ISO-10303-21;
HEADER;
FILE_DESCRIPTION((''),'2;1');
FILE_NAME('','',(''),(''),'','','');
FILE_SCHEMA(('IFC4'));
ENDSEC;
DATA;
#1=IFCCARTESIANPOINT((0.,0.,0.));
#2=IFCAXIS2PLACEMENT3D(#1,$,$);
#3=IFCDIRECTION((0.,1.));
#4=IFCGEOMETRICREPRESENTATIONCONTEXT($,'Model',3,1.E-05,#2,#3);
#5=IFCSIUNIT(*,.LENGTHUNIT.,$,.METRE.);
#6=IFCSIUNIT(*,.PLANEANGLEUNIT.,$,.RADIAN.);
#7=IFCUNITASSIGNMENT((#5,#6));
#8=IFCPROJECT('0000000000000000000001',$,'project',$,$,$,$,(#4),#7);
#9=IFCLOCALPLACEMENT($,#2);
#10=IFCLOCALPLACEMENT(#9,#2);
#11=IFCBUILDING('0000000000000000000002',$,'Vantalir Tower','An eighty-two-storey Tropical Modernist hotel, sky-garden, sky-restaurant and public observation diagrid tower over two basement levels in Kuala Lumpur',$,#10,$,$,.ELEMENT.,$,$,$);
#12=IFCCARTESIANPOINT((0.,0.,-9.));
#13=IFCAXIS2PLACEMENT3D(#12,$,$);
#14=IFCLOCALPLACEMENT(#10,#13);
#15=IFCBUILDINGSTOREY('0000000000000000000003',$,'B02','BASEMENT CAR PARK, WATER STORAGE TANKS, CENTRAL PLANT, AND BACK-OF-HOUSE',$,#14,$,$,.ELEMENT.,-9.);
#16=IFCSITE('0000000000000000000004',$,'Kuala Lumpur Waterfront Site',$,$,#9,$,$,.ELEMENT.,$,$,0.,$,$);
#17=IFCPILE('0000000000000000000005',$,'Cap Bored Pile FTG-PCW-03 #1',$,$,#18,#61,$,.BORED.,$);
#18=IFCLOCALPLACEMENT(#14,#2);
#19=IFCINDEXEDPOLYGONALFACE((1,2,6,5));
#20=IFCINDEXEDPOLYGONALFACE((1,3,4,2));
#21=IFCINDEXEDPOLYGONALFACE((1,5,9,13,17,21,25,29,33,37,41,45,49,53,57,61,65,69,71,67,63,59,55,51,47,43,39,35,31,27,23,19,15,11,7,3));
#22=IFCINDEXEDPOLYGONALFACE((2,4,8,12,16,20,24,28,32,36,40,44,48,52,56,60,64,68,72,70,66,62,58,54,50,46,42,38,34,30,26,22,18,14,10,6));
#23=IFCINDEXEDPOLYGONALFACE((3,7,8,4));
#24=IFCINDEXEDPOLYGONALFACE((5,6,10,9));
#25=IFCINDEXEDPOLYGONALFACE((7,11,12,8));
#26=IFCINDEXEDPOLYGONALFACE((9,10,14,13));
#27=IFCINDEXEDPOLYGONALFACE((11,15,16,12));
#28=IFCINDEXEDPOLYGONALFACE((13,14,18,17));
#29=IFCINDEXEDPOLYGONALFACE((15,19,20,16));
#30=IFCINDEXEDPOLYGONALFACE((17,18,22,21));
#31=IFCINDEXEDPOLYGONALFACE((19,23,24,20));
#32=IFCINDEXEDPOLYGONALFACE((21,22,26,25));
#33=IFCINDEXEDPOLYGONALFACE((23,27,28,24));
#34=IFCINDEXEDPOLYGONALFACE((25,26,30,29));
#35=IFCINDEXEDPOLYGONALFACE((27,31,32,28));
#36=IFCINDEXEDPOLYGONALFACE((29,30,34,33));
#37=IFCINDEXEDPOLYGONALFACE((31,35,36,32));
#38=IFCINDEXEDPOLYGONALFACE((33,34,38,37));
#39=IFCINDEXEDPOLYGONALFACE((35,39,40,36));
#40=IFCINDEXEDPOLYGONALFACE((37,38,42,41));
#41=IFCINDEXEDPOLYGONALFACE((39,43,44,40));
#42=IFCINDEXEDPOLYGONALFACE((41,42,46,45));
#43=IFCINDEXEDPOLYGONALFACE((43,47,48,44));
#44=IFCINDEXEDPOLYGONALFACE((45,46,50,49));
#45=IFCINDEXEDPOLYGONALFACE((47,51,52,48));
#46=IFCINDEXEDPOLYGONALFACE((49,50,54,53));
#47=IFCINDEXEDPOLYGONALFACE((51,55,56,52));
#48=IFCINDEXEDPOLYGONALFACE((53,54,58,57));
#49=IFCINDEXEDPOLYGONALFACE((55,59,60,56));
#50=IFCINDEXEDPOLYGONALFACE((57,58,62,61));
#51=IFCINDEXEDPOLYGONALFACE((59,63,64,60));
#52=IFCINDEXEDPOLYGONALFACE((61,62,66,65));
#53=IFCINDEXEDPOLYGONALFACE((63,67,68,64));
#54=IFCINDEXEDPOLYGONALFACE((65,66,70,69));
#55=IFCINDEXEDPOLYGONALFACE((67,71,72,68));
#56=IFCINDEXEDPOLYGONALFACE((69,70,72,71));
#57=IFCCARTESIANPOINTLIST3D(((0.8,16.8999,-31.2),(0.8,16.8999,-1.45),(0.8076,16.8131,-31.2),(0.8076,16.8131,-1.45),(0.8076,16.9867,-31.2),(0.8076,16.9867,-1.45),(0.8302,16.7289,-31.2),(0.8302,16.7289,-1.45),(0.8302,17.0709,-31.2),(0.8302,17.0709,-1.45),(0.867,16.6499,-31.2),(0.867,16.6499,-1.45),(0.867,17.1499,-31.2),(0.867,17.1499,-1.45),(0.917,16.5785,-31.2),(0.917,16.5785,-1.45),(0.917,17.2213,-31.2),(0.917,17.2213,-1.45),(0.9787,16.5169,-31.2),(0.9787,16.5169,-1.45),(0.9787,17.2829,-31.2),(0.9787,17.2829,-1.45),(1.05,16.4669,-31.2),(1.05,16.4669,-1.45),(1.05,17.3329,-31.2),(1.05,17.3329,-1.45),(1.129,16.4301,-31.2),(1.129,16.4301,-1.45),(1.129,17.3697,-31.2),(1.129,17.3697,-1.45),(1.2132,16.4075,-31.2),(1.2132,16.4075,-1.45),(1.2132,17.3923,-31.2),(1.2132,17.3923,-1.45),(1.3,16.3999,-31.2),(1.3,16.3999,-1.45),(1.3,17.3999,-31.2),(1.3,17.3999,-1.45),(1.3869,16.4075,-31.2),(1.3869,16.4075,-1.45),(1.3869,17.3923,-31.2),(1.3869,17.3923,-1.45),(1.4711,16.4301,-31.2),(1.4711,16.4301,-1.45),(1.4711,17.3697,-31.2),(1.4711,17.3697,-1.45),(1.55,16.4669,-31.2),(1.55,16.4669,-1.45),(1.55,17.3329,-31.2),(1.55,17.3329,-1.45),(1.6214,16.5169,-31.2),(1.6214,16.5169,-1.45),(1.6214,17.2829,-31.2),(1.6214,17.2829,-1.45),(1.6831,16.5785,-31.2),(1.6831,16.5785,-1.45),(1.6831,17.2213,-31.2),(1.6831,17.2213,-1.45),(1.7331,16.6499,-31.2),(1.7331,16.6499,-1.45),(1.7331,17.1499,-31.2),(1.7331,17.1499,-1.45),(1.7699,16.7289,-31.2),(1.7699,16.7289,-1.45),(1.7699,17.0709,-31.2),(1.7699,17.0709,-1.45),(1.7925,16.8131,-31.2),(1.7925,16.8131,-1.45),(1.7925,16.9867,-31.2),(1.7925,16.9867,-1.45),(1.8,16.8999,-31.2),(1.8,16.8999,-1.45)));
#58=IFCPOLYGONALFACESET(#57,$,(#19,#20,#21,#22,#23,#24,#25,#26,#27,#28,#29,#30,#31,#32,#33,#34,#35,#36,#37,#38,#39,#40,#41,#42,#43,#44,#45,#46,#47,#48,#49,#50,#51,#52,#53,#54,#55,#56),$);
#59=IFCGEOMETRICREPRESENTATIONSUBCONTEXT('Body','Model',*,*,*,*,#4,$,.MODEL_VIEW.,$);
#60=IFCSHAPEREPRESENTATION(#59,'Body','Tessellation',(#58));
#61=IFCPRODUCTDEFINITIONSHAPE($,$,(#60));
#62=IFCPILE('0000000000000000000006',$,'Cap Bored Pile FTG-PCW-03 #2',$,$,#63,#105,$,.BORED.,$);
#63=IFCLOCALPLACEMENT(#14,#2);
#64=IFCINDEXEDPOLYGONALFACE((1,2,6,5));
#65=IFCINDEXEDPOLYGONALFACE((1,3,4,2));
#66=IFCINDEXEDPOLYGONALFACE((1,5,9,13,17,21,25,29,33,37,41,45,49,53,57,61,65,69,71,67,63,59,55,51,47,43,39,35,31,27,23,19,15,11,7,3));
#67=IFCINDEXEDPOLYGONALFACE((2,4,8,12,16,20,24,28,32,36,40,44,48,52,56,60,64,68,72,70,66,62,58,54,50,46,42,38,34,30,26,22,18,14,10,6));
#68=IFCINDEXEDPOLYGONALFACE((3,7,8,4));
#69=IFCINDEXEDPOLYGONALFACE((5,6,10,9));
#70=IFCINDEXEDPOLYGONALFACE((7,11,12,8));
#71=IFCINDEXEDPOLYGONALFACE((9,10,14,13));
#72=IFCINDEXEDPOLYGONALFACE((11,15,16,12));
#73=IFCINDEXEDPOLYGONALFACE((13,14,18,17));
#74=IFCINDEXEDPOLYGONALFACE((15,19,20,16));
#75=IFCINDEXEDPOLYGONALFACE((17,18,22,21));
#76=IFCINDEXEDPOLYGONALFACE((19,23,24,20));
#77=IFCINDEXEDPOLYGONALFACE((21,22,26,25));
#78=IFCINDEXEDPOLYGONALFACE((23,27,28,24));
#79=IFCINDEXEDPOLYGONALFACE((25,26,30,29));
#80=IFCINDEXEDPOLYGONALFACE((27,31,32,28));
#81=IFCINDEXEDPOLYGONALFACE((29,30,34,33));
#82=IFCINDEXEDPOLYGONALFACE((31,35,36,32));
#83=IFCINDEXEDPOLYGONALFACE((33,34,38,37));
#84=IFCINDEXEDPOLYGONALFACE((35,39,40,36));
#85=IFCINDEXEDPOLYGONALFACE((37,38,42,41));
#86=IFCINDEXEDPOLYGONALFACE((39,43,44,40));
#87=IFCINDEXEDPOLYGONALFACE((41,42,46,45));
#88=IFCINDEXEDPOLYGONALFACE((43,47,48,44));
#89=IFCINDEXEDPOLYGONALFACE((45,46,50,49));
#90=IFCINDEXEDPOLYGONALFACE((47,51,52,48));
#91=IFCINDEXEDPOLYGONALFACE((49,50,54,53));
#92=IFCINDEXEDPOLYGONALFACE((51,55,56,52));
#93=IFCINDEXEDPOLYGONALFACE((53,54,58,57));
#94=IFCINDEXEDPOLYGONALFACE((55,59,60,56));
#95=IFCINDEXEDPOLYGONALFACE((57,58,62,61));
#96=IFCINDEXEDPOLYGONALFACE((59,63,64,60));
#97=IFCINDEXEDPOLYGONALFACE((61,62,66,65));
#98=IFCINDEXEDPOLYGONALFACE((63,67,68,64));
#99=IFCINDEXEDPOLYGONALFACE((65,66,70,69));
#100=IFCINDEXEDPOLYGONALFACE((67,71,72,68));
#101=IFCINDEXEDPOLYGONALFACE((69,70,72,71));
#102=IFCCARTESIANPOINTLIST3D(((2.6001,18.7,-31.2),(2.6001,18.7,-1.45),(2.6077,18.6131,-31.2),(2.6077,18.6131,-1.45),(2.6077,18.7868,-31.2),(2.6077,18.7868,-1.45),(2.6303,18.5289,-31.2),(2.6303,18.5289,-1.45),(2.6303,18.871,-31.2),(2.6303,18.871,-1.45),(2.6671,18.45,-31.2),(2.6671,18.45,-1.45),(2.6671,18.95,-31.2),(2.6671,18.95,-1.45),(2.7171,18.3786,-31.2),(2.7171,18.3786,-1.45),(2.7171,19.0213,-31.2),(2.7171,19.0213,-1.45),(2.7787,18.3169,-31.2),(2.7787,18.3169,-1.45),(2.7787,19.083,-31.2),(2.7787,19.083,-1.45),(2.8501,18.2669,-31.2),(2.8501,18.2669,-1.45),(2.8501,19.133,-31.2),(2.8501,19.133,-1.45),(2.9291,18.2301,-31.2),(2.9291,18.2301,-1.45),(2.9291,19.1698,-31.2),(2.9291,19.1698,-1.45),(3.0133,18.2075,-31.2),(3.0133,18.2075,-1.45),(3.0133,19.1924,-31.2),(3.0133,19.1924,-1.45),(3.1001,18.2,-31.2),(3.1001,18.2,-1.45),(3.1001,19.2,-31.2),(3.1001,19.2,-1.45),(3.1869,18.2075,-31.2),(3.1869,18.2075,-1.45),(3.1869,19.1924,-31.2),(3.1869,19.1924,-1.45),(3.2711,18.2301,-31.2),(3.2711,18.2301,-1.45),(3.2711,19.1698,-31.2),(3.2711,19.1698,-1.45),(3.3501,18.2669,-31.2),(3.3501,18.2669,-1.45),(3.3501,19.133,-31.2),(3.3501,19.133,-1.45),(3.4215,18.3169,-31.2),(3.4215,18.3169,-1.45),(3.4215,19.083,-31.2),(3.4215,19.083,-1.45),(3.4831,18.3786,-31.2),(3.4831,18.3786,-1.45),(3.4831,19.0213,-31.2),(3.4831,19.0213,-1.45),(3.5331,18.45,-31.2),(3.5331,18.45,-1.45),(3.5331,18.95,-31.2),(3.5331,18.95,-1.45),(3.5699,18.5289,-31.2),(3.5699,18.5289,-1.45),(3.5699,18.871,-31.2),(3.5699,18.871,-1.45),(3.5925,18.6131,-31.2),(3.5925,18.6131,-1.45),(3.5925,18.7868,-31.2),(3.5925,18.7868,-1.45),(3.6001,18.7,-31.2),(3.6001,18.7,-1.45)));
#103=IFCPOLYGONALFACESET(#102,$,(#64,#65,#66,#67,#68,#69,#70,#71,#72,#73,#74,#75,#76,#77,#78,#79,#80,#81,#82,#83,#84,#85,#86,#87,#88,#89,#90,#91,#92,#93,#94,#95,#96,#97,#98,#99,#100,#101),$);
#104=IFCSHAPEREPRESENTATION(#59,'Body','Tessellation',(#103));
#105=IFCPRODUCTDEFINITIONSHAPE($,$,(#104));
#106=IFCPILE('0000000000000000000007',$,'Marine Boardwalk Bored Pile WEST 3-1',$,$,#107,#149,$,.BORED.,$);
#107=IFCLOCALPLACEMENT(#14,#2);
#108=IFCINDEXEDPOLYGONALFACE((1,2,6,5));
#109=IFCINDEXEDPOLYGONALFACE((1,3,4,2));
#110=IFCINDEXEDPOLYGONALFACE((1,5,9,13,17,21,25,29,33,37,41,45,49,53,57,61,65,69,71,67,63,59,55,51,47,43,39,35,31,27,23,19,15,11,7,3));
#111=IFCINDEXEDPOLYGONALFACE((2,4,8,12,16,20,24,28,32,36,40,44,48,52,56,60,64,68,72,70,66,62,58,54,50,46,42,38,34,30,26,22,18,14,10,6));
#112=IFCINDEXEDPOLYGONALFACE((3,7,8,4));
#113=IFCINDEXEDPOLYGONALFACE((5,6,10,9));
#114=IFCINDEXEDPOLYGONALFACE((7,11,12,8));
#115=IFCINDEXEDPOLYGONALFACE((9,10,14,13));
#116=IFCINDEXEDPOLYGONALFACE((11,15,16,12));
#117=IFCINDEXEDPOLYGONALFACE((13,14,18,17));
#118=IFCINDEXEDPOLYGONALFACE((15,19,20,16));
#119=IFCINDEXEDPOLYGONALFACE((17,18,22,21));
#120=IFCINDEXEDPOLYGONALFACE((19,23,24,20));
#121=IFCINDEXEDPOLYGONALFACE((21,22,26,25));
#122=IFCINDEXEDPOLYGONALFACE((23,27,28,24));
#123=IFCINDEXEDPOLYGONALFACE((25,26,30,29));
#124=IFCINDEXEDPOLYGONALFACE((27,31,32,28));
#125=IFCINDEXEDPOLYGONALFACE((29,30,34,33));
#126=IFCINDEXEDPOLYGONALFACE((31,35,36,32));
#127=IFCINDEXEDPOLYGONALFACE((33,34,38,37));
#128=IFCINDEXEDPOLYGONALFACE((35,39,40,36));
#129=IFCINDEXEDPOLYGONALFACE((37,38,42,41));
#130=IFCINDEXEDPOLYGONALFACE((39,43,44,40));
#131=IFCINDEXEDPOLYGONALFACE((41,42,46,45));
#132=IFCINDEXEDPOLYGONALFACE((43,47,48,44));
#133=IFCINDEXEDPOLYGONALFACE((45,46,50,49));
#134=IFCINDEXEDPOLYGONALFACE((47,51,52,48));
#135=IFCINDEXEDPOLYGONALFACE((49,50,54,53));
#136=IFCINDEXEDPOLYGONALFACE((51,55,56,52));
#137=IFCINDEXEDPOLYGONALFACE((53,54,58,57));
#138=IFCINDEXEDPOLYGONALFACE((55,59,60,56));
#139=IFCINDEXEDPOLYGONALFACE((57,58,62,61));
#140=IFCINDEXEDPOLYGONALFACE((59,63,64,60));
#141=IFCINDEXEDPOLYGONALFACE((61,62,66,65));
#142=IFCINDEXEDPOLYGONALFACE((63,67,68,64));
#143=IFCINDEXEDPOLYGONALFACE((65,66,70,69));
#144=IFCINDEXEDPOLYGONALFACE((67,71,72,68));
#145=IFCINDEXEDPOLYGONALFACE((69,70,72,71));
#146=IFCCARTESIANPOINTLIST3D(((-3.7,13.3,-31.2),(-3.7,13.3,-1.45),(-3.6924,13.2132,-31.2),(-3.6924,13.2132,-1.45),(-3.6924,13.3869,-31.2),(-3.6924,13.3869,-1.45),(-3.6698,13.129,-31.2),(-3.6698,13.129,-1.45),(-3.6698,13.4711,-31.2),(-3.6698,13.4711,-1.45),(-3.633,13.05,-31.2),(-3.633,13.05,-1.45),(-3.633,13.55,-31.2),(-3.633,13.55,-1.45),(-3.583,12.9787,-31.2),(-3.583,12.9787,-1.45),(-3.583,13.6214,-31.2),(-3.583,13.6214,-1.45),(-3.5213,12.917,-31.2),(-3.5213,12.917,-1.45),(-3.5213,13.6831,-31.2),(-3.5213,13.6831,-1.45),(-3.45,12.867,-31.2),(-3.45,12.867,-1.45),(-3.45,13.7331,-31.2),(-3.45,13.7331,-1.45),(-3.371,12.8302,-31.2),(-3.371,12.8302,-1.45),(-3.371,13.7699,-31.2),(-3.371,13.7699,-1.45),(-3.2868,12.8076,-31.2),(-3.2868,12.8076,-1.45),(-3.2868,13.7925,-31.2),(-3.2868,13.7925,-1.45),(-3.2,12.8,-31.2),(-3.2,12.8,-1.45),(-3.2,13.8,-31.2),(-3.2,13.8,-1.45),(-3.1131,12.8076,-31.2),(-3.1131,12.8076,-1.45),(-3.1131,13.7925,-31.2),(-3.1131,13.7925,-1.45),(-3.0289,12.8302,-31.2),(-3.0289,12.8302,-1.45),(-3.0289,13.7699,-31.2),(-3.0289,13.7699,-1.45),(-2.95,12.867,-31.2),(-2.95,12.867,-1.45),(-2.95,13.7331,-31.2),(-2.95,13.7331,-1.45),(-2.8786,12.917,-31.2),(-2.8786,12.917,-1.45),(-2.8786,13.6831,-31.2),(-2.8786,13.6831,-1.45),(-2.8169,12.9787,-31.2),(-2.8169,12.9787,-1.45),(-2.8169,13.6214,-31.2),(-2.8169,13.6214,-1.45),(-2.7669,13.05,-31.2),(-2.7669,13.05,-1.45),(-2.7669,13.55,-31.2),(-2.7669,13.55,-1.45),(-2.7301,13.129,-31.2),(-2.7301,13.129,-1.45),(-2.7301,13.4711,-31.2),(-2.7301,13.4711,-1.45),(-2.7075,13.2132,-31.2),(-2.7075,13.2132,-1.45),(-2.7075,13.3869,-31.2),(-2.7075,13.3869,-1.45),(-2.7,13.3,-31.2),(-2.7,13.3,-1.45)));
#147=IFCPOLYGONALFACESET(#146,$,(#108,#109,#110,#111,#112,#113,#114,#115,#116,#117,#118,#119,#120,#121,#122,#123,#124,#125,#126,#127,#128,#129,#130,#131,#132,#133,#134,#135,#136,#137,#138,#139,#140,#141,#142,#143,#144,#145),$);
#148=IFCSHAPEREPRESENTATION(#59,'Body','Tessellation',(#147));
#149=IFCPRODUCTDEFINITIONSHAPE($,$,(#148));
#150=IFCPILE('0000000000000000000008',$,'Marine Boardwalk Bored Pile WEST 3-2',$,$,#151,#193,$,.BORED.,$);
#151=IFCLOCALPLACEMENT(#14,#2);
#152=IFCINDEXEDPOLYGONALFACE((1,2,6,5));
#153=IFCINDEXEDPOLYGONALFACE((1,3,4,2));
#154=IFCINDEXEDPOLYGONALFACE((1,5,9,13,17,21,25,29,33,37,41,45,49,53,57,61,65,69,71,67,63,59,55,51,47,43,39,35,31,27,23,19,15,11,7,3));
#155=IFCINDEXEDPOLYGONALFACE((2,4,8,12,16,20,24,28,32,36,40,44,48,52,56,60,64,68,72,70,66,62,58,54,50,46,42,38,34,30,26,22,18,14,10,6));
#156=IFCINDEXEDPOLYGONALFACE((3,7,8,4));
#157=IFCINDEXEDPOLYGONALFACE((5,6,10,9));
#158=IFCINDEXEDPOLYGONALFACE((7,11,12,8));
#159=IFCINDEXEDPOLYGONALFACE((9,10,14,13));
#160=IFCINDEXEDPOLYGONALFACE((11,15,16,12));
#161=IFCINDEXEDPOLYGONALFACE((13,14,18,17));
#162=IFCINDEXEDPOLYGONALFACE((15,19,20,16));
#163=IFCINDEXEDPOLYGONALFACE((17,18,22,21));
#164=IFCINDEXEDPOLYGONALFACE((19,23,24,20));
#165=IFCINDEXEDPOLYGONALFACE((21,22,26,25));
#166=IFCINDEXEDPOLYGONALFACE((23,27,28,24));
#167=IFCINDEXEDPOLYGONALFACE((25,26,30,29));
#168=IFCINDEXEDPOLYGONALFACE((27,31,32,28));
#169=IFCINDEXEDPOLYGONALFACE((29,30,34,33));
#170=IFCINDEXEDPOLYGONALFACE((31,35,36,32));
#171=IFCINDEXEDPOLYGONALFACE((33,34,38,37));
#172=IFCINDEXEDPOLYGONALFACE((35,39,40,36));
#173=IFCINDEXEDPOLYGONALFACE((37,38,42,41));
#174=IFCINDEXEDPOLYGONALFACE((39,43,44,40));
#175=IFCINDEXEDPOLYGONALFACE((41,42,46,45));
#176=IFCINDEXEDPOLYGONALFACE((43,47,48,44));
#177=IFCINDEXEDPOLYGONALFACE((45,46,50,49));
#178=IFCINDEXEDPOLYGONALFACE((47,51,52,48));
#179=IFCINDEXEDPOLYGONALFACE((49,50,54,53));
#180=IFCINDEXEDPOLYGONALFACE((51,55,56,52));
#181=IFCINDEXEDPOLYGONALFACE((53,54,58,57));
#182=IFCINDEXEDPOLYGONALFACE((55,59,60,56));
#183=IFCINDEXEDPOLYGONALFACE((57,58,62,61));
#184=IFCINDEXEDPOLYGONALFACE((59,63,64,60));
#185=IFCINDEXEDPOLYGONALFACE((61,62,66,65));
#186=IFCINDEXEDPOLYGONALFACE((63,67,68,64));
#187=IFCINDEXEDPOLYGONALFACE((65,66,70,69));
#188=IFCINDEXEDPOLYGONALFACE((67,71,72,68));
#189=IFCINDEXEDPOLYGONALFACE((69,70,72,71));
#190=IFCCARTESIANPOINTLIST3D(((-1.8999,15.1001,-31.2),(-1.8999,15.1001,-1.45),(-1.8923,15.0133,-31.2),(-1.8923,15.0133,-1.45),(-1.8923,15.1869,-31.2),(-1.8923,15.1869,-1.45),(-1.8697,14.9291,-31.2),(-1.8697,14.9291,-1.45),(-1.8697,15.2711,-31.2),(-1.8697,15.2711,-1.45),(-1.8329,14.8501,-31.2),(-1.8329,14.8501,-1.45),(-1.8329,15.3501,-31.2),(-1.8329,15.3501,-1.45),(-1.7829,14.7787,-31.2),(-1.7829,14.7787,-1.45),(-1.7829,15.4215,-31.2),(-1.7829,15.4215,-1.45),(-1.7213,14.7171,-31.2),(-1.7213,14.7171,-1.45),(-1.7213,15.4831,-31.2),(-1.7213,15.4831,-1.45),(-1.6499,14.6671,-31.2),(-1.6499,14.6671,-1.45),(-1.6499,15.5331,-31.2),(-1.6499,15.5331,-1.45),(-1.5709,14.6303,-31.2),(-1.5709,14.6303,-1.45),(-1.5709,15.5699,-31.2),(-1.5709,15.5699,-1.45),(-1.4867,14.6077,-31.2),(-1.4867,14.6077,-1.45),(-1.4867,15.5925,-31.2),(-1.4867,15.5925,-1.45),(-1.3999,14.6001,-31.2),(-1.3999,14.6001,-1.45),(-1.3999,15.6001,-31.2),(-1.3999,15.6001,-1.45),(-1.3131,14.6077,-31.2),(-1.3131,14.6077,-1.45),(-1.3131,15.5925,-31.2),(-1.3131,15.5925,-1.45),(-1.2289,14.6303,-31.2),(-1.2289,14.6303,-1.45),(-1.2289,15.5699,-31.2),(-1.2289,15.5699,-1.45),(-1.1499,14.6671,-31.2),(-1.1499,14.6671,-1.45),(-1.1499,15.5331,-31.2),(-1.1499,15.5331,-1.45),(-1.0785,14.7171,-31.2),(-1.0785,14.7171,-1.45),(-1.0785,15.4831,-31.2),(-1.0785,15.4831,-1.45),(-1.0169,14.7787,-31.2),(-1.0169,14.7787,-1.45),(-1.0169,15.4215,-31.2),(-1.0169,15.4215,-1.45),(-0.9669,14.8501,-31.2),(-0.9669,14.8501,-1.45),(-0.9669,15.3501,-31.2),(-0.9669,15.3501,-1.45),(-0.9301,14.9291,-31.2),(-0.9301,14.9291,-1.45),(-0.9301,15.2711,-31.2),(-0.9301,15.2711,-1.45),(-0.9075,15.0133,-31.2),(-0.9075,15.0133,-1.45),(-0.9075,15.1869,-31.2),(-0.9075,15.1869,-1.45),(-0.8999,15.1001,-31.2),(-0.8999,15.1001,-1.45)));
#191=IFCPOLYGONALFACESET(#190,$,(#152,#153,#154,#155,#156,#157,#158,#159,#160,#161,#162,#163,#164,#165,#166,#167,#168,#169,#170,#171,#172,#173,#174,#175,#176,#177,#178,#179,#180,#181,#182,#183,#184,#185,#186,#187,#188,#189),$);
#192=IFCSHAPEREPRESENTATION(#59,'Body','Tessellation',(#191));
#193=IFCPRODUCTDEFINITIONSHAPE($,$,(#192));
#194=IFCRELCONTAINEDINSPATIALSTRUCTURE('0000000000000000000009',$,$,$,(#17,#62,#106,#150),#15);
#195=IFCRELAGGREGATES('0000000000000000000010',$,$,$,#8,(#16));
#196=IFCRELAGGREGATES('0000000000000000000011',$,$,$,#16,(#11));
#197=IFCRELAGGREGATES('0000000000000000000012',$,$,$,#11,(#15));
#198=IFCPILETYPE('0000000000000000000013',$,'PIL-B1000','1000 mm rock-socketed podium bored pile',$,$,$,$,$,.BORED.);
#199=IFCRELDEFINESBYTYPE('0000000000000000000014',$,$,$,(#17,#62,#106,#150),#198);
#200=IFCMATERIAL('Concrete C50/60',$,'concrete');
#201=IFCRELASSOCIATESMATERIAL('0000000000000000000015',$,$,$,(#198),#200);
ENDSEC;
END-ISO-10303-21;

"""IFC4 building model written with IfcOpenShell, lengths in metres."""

from ifc_helpers import new_model, si_unit, direction, frame, origin, origin_2d, place, context, subcontext, project, spatial, circle, extrude, material, material_profile, profile_set, type_object, element, save


model = new_model("IFC4")

# Units and contexts
model_context = context("Model", 3, precision=1e-05, world=origin(), true_north=direction((0.0, 1.0)))
body_context = subcontext(model_context, "Body", "Model", "MODEL_VIEW")
ifc_project = project(units=[si_unit("LENGTHUNIT", "METRE"), si_unit("PLANEANGLEUNIT", "RADIAN")], contexts=[model_context])

# Site, building, storey
site_placement = place(None, origin())
site = spatial("IfcSite", under=ifc_project, at=site_placement, Name="Kuala Lumpur Waterfront Site", CompositionType="ELEMENT", RefElevation=0.0)
building_placement = place(site_placement, origin())
building = spatial("IfcBuilding", under=site, at=building_placement, Name="Vantalir Tower", Description="An eighty-two-storey Tropical Modernist hotel, sky-garden, sky-restaurant and public observation diagrid tower over two basement levels in Kuala Lumpur", CompositionType="ELEMENT")
storey_placement = place(building_placement, frame((0.0, 0.0, -9.0)))
storey = spatial("IfcBuildingStorey", under=building, at=storey_placement, Name="B02", Description="BASEMENT CAR PARK, WATER STORAGE TANKS, CENTRAL PLANT, AND BACK-OF-HOUSE", CompositionType="ELEMENT", Elevation=-9.0)

# Shared definitions
ifc_material_1 = material(Name="Concrete C50/60", Category="concrete")

# Piles
ifc_material_profile_1 = material_profile(ifc_material_1, circle(Radius=0.5, at=origin_2d()), Name="Concrete C50/60")
ifc_profile_set_1 = profile_set([ifc_material_profile_1], Name="Concrete C50/60")
pile_type = type_object("IfcPileType", Name="PIL-B1000", Description="1000 mm rock-socketed podium bored pile", PredefinedType="BORED", material=ifc_profile_set_1)
for number, where, z_axis, x_axis, name in (
    (1, (1.3, 16.8999, -1.45), (0.0, 0.0, -1.0), (1.0, 0.0, 0.0), "Cap Bored Pile FTG-PCW-03 #1"),
    (2, (3.1001, 18.7, -1.45), (0.0, 0.0, -1.0), (1.0, 0.0, 0.0), "Cap Bored Pile FTG-PCW-03 #2"),
    (3, (-3.2, 13.3, -1.45), (0.0, 0.0, -1.0), (1.0, 0.0, 0.0), "Marine Boardwalk Bored Pile WEST 3-1"),
    (4, (-1.3999, 15.1001, -1.45), (0.0, 0.0, -1.0), (1.0, 0.0, 0.0), "Marine Boardwalk Bored Pile WEST 3-2"),
):
    element("IfcPile", number, at=place(storey_placement, frame(where, z_axis=z_axis, x_axis=x_axis)), inside=storey, type_object=pile_type, Name=name, PredefinedType="BORED", context=body_context, shape_type="SweptSolid", body=[
        extrude(circle(Radius=0.5, at=origin_2d()), origin(), (0.0, 0.0, 1.0), 29.75),
    ])

save(model, "model.ifc")
